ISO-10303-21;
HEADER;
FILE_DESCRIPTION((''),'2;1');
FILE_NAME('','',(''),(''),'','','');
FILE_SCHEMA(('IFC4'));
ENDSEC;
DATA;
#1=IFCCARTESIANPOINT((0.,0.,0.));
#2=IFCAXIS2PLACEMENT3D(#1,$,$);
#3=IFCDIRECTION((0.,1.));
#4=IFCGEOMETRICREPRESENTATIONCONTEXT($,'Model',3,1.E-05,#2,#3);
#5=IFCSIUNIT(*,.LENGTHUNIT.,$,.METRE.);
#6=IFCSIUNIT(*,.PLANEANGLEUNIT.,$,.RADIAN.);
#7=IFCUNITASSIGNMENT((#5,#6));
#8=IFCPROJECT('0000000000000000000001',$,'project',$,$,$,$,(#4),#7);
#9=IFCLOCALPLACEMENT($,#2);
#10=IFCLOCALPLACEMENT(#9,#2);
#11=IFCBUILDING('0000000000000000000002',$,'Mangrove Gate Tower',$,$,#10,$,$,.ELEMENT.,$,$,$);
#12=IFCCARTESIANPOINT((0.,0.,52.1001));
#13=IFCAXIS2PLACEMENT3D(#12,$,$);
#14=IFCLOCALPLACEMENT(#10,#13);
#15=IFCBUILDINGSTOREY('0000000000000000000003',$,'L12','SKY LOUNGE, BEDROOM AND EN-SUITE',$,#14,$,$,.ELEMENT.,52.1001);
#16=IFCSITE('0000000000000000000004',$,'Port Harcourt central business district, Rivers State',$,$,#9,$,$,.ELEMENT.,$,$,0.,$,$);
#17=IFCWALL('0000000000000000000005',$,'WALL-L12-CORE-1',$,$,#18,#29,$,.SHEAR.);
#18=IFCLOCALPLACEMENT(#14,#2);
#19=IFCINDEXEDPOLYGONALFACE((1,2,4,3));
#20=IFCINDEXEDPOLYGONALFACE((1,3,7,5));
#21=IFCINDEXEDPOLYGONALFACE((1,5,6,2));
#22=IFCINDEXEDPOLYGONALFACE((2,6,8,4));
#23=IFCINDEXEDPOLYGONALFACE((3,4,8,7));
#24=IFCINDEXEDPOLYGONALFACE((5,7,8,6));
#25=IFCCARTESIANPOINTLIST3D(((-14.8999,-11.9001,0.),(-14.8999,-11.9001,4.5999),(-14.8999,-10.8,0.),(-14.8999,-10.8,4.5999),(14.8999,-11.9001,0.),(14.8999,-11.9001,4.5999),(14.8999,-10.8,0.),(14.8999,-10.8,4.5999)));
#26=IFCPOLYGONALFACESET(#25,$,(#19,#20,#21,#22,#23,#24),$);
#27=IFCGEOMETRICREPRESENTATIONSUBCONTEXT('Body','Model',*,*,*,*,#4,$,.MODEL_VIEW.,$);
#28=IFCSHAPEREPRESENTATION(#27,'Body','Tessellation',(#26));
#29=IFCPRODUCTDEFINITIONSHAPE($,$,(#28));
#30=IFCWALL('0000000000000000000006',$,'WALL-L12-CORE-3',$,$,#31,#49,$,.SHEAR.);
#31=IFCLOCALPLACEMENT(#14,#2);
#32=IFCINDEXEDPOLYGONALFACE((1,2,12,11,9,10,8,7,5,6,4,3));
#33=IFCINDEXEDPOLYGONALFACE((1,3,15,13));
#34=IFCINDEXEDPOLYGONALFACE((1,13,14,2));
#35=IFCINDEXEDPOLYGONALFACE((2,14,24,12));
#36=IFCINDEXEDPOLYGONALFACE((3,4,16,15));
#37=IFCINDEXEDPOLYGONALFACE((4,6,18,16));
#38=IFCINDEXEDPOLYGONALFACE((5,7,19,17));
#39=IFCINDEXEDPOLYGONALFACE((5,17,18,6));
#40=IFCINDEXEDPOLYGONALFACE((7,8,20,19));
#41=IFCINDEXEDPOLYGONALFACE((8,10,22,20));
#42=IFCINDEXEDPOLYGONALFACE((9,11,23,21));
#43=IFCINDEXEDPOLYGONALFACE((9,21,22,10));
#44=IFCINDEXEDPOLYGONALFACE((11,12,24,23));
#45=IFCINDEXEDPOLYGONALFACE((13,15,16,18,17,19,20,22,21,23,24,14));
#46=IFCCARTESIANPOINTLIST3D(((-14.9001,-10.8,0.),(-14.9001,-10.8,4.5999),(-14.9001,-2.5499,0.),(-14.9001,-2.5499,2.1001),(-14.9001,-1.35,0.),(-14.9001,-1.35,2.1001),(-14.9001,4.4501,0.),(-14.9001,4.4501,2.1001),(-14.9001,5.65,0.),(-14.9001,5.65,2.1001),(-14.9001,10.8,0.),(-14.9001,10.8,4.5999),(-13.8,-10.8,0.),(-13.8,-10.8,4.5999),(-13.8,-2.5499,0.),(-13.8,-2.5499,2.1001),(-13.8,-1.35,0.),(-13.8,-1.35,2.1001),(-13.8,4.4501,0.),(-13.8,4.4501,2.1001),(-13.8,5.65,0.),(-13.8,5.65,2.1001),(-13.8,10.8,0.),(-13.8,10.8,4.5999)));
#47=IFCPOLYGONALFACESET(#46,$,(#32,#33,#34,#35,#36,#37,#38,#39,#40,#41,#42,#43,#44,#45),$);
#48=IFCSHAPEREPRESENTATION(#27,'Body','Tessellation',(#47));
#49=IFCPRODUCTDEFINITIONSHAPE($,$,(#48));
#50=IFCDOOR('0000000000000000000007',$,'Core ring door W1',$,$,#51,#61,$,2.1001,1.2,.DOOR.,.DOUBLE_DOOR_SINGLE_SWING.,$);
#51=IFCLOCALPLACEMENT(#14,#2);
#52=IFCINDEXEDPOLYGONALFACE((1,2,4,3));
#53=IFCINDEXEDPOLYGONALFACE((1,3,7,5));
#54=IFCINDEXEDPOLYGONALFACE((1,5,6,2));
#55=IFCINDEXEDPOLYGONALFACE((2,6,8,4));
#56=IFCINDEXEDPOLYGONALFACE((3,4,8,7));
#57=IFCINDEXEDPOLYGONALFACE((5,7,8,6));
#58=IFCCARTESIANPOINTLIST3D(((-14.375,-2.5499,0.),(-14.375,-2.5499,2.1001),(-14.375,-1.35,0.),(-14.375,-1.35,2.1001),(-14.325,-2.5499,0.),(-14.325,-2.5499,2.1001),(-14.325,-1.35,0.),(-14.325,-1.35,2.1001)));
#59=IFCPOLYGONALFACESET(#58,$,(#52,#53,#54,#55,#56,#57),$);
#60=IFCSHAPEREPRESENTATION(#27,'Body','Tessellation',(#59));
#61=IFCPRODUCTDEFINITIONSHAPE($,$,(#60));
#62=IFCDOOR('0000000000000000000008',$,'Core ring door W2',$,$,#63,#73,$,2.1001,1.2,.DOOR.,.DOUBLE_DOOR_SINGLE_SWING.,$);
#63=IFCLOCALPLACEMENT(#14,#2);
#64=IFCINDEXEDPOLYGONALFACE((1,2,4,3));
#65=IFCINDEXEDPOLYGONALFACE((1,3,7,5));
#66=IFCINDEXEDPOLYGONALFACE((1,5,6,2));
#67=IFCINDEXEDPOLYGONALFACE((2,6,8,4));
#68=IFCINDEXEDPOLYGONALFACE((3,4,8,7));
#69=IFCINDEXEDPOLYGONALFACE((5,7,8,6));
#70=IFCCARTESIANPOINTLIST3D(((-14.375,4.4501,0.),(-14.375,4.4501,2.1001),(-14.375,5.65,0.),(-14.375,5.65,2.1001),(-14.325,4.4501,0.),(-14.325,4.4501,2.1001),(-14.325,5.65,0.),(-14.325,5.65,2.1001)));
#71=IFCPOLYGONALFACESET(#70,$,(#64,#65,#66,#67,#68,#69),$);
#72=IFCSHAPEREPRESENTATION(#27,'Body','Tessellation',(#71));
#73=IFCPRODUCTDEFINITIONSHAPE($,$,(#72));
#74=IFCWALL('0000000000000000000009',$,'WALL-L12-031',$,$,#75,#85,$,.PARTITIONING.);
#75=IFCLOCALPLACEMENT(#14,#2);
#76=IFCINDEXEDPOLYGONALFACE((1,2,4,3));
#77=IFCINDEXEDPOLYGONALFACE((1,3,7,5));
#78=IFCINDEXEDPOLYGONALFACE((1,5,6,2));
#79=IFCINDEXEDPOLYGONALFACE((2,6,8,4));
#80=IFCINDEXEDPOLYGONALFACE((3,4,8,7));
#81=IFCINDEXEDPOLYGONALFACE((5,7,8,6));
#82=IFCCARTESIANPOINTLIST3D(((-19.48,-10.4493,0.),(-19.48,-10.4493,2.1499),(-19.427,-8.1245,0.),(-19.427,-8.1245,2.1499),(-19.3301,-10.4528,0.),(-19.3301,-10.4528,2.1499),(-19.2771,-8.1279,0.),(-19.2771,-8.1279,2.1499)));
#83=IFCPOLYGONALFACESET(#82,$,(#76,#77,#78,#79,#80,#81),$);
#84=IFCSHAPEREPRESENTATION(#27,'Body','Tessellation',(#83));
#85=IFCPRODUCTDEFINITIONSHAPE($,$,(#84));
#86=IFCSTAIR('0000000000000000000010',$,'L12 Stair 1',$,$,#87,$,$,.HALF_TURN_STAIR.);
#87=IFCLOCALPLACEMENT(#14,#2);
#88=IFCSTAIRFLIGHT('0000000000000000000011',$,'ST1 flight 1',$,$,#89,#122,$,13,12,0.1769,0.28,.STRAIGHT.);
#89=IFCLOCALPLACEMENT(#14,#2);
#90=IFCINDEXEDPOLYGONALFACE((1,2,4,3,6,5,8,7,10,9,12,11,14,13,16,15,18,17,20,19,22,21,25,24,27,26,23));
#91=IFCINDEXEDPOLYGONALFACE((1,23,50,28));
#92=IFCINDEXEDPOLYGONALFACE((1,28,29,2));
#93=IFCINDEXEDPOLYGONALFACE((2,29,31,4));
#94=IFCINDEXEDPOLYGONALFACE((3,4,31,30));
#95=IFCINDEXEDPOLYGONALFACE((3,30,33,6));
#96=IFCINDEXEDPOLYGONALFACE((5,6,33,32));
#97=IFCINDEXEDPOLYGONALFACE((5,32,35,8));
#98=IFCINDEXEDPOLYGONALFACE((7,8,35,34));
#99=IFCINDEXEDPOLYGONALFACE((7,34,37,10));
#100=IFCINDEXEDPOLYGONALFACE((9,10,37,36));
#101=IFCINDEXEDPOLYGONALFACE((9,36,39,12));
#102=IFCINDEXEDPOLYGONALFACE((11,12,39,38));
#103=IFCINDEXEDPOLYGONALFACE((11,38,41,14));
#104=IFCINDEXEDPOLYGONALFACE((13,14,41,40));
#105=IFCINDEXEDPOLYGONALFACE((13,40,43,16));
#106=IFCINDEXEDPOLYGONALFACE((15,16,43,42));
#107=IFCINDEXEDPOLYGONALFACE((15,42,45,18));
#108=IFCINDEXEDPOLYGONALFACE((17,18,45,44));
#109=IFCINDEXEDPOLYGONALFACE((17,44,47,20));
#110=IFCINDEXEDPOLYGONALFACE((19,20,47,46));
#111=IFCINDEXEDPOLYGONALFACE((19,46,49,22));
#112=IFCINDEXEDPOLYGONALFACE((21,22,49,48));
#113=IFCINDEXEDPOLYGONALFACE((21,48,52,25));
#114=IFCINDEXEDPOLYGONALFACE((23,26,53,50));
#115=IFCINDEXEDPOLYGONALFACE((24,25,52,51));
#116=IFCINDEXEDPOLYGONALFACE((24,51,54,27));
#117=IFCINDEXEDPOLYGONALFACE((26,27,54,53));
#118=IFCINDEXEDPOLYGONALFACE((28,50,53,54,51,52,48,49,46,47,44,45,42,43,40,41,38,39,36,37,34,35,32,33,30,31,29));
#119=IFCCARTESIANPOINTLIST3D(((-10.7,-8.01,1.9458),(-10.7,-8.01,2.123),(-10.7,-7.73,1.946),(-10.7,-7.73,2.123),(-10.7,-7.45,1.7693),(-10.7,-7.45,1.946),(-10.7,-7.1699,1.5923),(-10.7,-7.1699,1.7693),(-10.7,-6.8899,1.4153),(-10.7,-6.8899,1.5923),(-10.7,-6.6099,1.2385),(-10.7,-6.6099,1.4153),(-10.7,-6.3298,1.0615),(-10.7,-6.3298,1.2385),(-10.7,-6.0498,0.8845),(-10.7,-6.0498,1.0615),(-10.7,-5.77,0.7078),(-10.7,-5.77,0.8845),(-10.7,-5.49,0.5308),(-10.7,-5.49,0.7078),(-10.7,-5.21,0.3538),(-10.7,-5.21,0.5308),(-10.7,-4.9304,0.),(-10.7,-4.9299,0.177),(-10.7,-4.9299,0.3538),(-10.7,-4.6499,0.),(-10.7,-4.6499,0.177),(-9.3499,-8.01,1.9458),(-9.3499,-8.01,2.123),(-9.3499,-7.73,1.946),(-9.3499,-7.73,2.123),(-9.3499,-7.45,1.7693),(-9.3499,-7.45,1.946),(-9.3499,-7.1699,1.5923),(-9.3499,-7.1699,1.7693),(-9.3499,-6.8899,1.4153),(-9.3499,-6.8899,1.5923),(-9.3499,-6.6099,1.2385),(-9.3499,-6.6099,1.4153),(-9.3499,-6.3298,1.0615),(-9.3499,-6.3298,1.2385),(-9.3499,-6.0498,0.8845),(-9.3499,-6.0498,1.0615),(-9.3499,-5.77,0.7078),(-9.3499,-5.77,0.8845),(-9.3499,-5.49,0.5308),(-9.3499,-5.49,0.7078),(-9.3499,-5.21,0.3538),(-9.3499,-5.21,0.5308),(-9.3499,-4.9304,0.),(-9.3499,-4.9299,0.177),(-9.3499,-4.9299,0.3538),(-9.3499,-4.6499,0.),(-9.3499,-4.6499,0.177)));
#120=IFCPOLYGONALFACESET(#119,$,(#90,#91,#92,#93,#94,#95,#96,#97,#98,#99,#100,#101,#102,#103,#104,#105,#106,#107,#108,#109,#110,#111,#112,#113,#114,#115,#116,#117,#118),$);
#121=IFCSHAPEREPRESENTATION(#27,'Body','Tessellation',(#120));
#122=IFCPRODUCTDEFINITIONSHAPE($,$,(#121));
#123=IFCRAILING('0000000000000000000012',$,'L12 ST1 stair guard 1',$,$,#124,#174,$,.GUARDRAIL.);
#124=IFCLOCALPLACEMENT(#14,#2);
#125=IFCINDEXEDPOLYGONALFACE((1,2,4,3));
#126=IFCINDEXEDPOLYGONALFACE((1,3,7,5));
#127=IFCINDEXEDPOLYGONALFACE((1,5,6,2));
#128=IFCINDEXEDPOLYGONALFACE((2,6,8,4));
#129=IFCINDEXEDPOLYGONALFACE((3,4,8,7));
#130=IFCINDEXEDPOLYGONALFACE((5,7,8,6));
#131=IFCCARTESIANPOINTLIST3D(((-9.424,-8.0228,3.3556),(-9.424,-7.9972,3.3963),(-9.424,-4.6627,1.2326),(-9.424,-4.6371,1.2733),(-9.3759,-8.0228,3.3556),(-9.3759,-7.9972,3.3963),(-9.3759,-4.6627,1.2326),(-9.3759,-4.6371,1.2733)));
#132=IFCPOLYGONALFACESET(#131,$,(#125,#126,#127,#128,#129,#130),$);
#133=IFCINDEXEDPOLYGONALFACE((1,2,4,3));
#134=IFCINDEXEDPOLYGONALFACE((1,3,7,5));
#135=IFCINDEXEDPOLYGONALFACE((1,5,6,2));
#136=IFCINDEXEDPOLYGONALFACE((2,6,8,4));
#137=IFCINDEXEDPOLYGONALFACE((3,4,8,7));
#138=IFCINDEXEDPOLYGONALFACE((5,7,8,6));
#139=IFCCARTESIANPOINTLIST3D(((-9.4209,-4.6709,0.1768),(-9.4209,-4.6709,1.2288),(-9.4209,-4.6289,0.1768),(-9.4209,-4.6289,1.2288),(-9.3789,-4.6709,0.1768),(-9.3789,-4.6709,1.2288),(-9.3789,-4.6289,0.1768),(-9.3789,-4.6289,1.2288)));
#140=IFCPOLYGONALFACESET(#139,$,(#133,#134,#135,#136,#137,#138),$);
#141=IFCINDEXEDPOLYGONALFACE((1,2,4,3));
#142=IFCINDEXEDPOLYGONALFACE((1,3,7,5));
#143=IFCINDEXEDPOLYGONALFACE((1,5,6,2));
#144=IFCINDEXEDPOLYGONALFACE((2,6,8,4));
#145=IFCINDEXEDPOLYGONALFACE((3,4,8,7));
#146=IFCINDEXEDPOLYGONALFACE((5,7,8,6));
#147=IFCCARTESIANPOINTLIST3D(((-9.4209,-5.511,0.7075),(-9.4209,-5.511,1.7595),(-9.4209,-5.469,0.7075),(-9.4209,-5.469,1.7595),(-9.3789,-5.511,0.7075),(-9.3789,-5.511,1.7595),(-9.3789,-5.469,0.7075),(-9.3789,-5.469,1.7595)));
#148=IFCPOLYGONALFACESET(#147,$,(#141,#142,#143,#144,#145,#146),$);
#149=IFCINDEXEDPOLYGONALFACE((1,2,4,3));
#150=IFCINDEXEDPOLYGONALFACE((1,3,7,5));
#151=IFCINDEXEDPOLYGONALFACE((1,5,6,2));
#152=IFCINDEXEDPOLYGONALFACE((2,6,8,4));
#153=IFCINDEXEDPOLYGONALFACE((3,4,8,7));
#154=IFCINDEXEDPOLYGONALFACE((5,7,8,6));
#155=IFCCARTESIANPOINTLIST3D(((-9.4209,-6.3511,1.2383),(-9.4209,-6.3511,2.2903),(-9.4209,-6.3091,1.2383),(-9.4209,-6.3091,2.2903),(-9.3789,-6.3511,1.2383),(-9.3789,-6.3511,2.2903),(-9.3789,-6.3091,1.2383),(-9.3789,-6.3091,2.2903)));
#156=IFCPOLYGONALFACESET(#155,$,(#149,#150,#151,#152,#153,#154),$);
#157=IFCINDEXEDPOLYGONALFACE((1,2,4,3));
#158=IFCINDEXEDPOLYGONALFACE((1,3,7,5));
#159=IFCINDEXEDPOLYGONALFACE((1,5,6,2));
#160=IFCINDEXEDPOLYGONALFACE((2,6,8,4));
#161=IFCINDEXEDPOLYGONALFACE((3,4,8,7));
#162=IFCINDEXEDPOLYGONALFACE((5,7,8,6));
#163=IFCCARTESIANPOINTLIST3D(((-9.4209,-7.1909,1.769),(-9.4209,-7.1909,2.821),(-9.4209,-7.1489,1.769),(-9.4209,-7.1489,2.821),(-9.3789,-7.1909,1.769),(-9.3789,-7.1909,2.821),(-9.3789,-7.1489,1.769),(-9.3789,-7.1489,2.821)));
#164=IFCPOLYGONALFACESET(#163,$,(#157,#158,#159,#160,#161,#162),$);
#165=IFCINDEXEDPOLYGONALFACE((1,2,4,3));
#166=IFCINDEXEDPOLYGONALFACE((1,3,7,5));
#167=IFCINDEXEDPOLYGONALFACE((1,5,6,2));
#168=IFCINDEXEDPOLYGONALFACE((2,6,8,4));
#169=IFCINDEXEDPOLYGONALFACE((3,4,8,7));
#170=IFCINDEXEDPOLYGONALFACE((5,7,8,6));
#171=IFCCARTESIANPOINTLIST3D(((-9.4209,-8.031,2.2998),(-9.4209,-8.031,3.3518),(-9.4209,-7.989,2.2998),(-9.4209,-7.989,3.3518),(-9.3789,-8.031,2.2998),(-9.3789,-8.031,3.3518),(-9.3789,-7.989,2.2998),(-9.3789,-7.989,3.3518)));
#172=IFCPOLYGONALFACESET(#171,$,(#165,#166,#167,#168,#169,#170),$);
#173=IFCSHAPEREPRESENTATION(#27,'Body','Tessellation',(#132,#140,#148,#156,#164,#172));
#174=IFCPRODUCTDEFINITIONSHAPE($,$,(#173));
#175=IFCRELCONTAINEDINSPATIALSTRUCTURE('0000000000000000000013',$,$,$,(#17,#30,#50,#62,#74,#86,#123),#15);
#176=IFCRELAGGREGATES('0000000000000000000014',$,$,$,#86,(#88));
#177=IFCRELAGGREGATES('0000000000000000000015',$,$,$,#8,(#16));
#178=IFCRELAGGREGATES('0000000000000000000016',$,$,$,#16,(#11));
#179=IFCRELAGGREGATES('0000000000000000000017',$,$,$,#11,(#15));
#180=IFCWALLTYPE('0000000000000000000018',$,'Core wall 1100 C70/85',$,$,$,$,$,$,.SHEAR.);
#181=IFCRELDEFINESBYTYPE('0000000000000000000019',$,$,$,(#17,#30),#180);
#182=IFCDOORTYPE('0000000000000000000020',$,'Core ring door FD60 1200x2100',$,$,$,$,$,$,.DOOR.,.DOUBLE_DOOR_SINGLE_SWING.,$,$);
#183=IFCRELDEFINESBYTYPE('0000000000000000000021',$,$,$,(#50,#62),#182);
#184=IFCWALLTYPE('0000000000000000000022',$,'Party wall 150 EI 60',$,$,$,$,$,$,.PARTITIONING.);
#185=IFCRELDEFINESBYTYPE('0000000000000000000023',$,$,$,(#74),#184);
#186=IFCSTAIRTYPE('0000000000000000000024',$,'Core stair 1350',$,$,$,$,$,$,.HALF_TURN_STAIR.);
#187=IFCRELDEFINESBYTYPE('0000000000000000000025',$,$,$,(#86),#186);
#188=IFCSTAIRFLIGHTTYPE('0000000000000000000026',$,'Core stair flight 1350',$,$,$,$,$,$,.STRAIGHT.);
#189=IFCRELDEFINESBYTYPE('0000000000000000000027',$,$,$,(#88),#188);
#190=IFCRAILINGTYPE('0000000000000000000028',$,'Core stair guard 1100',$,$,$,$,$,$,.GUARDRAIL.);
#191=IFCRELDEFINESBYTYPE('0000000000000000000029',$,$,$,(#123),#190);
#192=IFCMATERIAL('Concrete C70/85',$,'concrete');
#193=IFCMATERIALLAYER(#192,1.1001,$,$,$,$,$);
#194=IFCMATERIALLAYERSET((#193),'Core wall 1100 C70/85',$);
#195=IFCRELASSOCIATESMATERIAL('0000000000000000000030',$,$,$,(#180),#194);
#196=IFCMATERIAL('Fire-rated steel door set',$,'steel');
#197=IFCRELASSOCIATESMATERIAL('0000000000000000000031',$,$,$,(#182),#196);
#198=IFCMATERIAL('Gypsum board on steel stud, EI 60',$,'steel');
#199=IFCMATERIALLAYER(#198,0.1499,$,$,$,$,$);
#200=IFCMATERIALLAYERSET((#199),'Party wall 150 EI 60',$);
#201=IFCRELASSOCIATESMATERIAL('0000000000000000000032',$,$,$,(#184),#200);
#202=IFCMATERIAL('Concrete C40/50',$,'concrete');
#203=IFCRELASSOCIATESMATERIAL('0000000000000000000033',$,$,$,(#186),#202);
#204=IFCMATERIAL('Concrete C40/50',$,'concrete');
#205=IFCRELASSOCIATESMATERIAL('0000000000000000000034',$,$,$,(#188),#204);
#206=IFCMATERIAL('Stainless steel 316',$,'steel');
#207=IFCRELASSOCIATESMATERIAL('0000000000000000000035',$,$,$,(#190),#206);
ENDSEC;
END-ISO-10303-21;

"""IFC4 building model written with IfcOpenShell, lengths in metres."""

from ifc_helpers import new_model, si_unit, direction, frame, frame_2d, origin, origin_2d, place, context, subcontext, project, spatial, polyline, rectangle, outline, extrude, material, layer, layer_set, type_object, element, fill, aggregate, save


model = new_model("IFC4")

# Units and contexts
model_context = context("Model", 3, precision=1e-05, world=origin(), true_north=direction((0.0, 1.0)))
body_context = subcontext(model_context, "Body", "Model", "MODEL_VIEW")
ifc_project = project(units=[si_unit("LENGTHUNIT", "METRE"), si_unit("PLANEANGLEUNIT", "RADIAN")], contexts=[model_context])

# Site, building, storey
site_placement = place(None, origin())
site = spatial("IfcSite", under=ifc_project, at=site_placement, Name="Port Harcourt central business district, Rivers State", CompositionType="ELEMENT", RefElevation=0.0)
building_placement = place(site_placement, origin())
building = spatial("IfcBuilding", under=site, at=building_placement, Name="Mangrove Gate Tower", CompositionType="ELEMENT")
storey_placement = place(building_placement, frame((0.0, 0.0, 52.1001)))
storey = spatial("IfcBuildingStorey", under=building, at=storey_placement, Name="L12", Description="SKY LOUNGE, BEDROOM AND EN-SUITE", CompositionType="ELEMENT", Elevation=52.1001)

# Wall
ifc_material_1 = material(Name="Concrete C70/85", Category="concrete")
ifc_layer_1 = layer(ifc_material_1, 1.1001)
ifc_layer_set_1 = layer_set([ifc_layer_1], Name="Core wall 1100 C70/85")
wall_type_1 = type_object("IfcWallType", Name="Core wall 1100 C70/85", PredefinedType="SHEAR", material=ifc_layer_set_1)
wall_1_placement = place(storey_placement, frame((-14.8999, -11.3501, 0.0), z_axis=(0.0, 0.0, 1.0), x_axis=(1.0, 0.0, 0.0)))
element("IfcWall", 1, at=wall_1_placement, inside=storey, type_object=wall_type_1, Name="WALL-L12-CORE-1", PredefinedType="SHEAR", context=body_context, shape_type="SweptSolid", body=[
    extrude(rectangle(XDim=29.7998, YDim=1.1001, at=frame_2d((14.8999, 0.0))), origin(), (0.0, 0.0, 1.0), 4.5999),
])

# Wall, openings, doors
wall_2_placement = place(storey_placement, frame((-14.3501, -10.8, 0.0), z_axis=(0.0, 0.0, 1.0), x_axis=(0.0, 1.0, 0.0)))
wall_2 = element("IfcWall", 2, at=wall_2_placement, inside=storey, type_object=wall_type_1, Name="WALL-L12-CORE-3", PredefinedType="SHEAR", context=body_context, shape_type="SweptSolid", body=[
    extrude(rectangle(XDim=21.6001, YDim=1.1001, at=frame_2d((10.8, 0.0))), origin(), (0.0, 0.0, 1.0), 4.5999),
])
opening_1_placement = place(wall_2_placement, frame((8.25, 0.0, 0.0)))
opening_1 = element("IfcOpeningElement", 3, at=opening_1_placement, cuts=wall_2, PredefinedType="OPENING", context=body_context, shape_type="SweptSolid", body=[
    extrude(rectangle(XDim=1.2, YDim=2.1001, at=frame_2d((0.6001, 1.05))), frame((0.0, 0.5601, 0.0), z_axis=(0.0, -1.0, 0.0), x_axis=(1.0, 0.0, 0.0)), (0.0, 0.0, 1.0), 1.1201),
])
opening_2_placement = place(wall_2_placement, frame((15.25, 0.0, 0.0)))
opening_2 = element("IfcOpeningElement", 4, at=opening_2_placement, cuts=wall_2, PredefinedType="OPENING", context=body_context, shape_type="SweptSolid", body=[
    extrude(rectangle(XDim=1.2, YDim=2.1001, at=frame_2d((0.6001, 1.05))), frame((0.0, 0.5601, 0.0), z_axis=(0.0, -1.0, 0.0), x_axis=(1.0, 0.0, 0.0)), (0.0, 0.0, 1.0), 1.1201),
])
ifc_material_2 = material(Name="Fire-rated steel door set", Category="steel")
door_type_1 = type_object("IfcDoorType", Name="Core ring door FD60 1200x2100", OperationType="DOUBLE_DOOR_SINGLE_SWING", PredefinedType="DOOR", material=ifc_material_2)
door_1_placement = place(opening_1_placement, origin())
door_1 = element("IfcDoor", 5, at=door_1_placement, inside=storey, type_object=door_type_1, Name="Core ring door W1", OperationType="DOUBLE_DOOR_SINGLE_SWING", OverallHeight=2.1001, OverallWidth=1.2, PredefinedType="DOOR", context=body_context, shape_type="SweptSolid", body=[
    extrude(rectangle(XDim=1.2, YDim=2.1001, at=frame_2d((0.6001, 1.05))), frame((0.0, 0.0249, 0.0), z_axis=(0.0, -1.0, 0.0), x_axis=(1.0, 0.0, 0.0)), (0.0, 0.0, 1.0), 0.05),
])
fill(opening_1, door_1)
door_2_placement = place(opening_2_placement, origin())
door_2 = element("IfcDoor", 6, at=door_2_placement, inside=storey, type_object=door_type_1, Name="Core ring door W2", OperationType="DOUBLE_DOOR_SINGLE_SWING", OverallHeight=2.1001, OverallWidth=1.2, PredefinedType="DOOR", context=body_context, shape_type="SweptSolid", body=[
    extrude(rectangle(XDim=1.2, YDim=2.1001, at=frame_2d((0.6001, 1.05))), frame((0.0, 0.0249, 0.0), z_axis=(0.0, -1.0, 0.0), x_axis=(1.0, 0.0, 0.0)), (0.0, 0.0, 1.0), 0.05),
])
fill(opening_2, door_2)

# Wall
ifc_material_3 = material(Name="Gypsum board on steel stud, EI 60", Category="steel")
ifc_layer_2 = layer(ifc_material_3, 0.1499)
ifc_layer_set_2 = layer_set([ifc_layer_2], Name="Party wall 150 EI 60")
wall_type_2 = type_object("IfcWallType", Name="Party wall 150 EI 60", PredefinedType="PARTITIONING", material=ifc_layer_set_2)
wall_3_placement = place(storey_placement, frame((-19.405, -10.4509, 0.0), z_axis=(0.0, 0.0, 1.0), x_axis=(0.022781, 0.99974, 0.0)))
element("IfcWall", 7, at=wall_3_placement, inside=storey, type_object=wall_type_2, Name="WALL-L12-031", PredefinedType="PARTITIONING", context=body_context, shape_type="SweptSolid", body=[
    extrude(rectangle(XDim=2.3254, YDim=0.1499, at=frame_2d((1.1626, 0.0))), origin(), (0.0, 0.0, 1.0), 2.1499),
])

# Stair, stair flight
ifc_material_4 = material(Name="Concrete C40/50", Category="concrete")
stair_type = type_object("IfcStairType", Name="Core stair 1350", PredefinedType="HALF_TURN_STAIR", material=ifc_material_4)
stair_placement = place(storey_placement, origin())
stair = element("IfcStair", 8, at=stair_placement, inside=storey, type_object=stair_type, Name="L12 Stair 1", PredefinedType="HALF_TURN_STAIR")
ifc_material_5 = material(Name="Concrete C40/50", Category="concrete")
stair_flight_type = type_object("IfcStairFlightType", Name="Core stair flight 1350", PredefinedType="STRAIGHT", material=ifc_material_5)
stair_flight_placement = place(storey_placement, frame((-10.0249, -4.6499, 0.0), z_axis=(0.0, 0.0, 1.0), x_axis=(0.0, -1.0, 0.0)))
stair_flight = element("IfcStairFlight", 9, at=stair_flight_placement, type_object=stair_flight_type, Name="ST1 flight 1", NumberOfRisers=13, NumberOfTreads=12, PredefinedType="STRAIGHT", RiserHeight=0.1769, TreadLength=0.28, context=body_context, shape_type="SweptSolid", body=[
    extrude(outline(polyline([(0.0, 0.0), (0.0, 0.177), (0.28, 0.177), (0.28, 0.3538), (0.5601, 0.3538), (0.5601, 0.5308), (0.8401, 0.5308), (0.8401, 0.7078), (1.1201, 0.7078), (1.1201, 0.8845), (1.3999, 0.8845), (1.3999, 1.0615), (1.6799, 1.0615), (1.6799, 1.2385), (1.96, 1.2385), (1.96, 1.4153), (2.24, 1.4153), (2.24, 1.5923), (2.52, 1.5923), (2.52, 1.7693), (2.8, 1.7693), (2.8, 1.946), (3.0801, 1.946), (3.0801, 2.123), (3.3601, 2.123), (3.3601, 2.3), (3.3601, 1.9458), (0.2805, 0.0), (0.0, 0.0)])), frame((0.0, 0.675, 0.0), z_axis=(0.0, -1.0, 0.0), x_axis=(1.0, 0.0, 0.0)), (0.0, 0.0, 1.0), 1.3501),
])
aggregate(stair, [stair_flight])

# Railing
ifc_material_6 = material(Name="Stainless steel 316", Category="steel")
railing_type_1 = type_object("IfcRailingType", Name="Core stair guard 1100", PredefinedType="GUARDRAIL", material=ifc_material_6)
railing_1_placement = place(storey_placement, frame((-9.3999, -4.6499, 0.1768)))
element("IfcRailing", 10, at=railing_1_placement, inside=storey, type_object=railing_type_1, Name="L12 ST1 stair guard 1", PredefinedType="GUARDRAIL", context=body_context, shape_type="SweptSolid", body=[
    extrude(rectangle(XDim=0.0481, YDim=0.0481, at=origin_2d()), frame((0.0, 0.0, 1.0762), z_axis=(0.0, -0.84539, 0.53415), x_axis=(1.0, 0.0, 0.0)), (0.0, 0.0, 1.0), 3.9746),
    extrude(rectangle(XDim=0.042, YDim=0.042, at=origin_2d()), origin(), (0.0, 0.0, 1.0), 1.052),
    extrude(rectangle(XDim=0.042, YDim=0.042, at=origin_2d()), frame((0.0, -0.8401, 0.5308)), (0.0, 0.0, 1.0), 1.052),
    extrude(rectangle(XDim=0.042, YDim=0.042, at=origin_2d()), frame((0.0, -1.6802, 1.0615)), (0.0, 0.0, 1.0), 1.052),
    extrude(rectangle(XDim=0.042, YDim=0.042, at=origin_2d()), frame((0.0, -2.52, 1.5923)), (0.0, 0.0, 1.0), 1.052),
    extrude(rectangle(XDim=0.042, YDim=0.042, at=origin_2d()), frame((0.0, -3.3601, 2.123)), (0.0, 0.0, 1.0), 1.052),
])

save(model, "model.ifc")
